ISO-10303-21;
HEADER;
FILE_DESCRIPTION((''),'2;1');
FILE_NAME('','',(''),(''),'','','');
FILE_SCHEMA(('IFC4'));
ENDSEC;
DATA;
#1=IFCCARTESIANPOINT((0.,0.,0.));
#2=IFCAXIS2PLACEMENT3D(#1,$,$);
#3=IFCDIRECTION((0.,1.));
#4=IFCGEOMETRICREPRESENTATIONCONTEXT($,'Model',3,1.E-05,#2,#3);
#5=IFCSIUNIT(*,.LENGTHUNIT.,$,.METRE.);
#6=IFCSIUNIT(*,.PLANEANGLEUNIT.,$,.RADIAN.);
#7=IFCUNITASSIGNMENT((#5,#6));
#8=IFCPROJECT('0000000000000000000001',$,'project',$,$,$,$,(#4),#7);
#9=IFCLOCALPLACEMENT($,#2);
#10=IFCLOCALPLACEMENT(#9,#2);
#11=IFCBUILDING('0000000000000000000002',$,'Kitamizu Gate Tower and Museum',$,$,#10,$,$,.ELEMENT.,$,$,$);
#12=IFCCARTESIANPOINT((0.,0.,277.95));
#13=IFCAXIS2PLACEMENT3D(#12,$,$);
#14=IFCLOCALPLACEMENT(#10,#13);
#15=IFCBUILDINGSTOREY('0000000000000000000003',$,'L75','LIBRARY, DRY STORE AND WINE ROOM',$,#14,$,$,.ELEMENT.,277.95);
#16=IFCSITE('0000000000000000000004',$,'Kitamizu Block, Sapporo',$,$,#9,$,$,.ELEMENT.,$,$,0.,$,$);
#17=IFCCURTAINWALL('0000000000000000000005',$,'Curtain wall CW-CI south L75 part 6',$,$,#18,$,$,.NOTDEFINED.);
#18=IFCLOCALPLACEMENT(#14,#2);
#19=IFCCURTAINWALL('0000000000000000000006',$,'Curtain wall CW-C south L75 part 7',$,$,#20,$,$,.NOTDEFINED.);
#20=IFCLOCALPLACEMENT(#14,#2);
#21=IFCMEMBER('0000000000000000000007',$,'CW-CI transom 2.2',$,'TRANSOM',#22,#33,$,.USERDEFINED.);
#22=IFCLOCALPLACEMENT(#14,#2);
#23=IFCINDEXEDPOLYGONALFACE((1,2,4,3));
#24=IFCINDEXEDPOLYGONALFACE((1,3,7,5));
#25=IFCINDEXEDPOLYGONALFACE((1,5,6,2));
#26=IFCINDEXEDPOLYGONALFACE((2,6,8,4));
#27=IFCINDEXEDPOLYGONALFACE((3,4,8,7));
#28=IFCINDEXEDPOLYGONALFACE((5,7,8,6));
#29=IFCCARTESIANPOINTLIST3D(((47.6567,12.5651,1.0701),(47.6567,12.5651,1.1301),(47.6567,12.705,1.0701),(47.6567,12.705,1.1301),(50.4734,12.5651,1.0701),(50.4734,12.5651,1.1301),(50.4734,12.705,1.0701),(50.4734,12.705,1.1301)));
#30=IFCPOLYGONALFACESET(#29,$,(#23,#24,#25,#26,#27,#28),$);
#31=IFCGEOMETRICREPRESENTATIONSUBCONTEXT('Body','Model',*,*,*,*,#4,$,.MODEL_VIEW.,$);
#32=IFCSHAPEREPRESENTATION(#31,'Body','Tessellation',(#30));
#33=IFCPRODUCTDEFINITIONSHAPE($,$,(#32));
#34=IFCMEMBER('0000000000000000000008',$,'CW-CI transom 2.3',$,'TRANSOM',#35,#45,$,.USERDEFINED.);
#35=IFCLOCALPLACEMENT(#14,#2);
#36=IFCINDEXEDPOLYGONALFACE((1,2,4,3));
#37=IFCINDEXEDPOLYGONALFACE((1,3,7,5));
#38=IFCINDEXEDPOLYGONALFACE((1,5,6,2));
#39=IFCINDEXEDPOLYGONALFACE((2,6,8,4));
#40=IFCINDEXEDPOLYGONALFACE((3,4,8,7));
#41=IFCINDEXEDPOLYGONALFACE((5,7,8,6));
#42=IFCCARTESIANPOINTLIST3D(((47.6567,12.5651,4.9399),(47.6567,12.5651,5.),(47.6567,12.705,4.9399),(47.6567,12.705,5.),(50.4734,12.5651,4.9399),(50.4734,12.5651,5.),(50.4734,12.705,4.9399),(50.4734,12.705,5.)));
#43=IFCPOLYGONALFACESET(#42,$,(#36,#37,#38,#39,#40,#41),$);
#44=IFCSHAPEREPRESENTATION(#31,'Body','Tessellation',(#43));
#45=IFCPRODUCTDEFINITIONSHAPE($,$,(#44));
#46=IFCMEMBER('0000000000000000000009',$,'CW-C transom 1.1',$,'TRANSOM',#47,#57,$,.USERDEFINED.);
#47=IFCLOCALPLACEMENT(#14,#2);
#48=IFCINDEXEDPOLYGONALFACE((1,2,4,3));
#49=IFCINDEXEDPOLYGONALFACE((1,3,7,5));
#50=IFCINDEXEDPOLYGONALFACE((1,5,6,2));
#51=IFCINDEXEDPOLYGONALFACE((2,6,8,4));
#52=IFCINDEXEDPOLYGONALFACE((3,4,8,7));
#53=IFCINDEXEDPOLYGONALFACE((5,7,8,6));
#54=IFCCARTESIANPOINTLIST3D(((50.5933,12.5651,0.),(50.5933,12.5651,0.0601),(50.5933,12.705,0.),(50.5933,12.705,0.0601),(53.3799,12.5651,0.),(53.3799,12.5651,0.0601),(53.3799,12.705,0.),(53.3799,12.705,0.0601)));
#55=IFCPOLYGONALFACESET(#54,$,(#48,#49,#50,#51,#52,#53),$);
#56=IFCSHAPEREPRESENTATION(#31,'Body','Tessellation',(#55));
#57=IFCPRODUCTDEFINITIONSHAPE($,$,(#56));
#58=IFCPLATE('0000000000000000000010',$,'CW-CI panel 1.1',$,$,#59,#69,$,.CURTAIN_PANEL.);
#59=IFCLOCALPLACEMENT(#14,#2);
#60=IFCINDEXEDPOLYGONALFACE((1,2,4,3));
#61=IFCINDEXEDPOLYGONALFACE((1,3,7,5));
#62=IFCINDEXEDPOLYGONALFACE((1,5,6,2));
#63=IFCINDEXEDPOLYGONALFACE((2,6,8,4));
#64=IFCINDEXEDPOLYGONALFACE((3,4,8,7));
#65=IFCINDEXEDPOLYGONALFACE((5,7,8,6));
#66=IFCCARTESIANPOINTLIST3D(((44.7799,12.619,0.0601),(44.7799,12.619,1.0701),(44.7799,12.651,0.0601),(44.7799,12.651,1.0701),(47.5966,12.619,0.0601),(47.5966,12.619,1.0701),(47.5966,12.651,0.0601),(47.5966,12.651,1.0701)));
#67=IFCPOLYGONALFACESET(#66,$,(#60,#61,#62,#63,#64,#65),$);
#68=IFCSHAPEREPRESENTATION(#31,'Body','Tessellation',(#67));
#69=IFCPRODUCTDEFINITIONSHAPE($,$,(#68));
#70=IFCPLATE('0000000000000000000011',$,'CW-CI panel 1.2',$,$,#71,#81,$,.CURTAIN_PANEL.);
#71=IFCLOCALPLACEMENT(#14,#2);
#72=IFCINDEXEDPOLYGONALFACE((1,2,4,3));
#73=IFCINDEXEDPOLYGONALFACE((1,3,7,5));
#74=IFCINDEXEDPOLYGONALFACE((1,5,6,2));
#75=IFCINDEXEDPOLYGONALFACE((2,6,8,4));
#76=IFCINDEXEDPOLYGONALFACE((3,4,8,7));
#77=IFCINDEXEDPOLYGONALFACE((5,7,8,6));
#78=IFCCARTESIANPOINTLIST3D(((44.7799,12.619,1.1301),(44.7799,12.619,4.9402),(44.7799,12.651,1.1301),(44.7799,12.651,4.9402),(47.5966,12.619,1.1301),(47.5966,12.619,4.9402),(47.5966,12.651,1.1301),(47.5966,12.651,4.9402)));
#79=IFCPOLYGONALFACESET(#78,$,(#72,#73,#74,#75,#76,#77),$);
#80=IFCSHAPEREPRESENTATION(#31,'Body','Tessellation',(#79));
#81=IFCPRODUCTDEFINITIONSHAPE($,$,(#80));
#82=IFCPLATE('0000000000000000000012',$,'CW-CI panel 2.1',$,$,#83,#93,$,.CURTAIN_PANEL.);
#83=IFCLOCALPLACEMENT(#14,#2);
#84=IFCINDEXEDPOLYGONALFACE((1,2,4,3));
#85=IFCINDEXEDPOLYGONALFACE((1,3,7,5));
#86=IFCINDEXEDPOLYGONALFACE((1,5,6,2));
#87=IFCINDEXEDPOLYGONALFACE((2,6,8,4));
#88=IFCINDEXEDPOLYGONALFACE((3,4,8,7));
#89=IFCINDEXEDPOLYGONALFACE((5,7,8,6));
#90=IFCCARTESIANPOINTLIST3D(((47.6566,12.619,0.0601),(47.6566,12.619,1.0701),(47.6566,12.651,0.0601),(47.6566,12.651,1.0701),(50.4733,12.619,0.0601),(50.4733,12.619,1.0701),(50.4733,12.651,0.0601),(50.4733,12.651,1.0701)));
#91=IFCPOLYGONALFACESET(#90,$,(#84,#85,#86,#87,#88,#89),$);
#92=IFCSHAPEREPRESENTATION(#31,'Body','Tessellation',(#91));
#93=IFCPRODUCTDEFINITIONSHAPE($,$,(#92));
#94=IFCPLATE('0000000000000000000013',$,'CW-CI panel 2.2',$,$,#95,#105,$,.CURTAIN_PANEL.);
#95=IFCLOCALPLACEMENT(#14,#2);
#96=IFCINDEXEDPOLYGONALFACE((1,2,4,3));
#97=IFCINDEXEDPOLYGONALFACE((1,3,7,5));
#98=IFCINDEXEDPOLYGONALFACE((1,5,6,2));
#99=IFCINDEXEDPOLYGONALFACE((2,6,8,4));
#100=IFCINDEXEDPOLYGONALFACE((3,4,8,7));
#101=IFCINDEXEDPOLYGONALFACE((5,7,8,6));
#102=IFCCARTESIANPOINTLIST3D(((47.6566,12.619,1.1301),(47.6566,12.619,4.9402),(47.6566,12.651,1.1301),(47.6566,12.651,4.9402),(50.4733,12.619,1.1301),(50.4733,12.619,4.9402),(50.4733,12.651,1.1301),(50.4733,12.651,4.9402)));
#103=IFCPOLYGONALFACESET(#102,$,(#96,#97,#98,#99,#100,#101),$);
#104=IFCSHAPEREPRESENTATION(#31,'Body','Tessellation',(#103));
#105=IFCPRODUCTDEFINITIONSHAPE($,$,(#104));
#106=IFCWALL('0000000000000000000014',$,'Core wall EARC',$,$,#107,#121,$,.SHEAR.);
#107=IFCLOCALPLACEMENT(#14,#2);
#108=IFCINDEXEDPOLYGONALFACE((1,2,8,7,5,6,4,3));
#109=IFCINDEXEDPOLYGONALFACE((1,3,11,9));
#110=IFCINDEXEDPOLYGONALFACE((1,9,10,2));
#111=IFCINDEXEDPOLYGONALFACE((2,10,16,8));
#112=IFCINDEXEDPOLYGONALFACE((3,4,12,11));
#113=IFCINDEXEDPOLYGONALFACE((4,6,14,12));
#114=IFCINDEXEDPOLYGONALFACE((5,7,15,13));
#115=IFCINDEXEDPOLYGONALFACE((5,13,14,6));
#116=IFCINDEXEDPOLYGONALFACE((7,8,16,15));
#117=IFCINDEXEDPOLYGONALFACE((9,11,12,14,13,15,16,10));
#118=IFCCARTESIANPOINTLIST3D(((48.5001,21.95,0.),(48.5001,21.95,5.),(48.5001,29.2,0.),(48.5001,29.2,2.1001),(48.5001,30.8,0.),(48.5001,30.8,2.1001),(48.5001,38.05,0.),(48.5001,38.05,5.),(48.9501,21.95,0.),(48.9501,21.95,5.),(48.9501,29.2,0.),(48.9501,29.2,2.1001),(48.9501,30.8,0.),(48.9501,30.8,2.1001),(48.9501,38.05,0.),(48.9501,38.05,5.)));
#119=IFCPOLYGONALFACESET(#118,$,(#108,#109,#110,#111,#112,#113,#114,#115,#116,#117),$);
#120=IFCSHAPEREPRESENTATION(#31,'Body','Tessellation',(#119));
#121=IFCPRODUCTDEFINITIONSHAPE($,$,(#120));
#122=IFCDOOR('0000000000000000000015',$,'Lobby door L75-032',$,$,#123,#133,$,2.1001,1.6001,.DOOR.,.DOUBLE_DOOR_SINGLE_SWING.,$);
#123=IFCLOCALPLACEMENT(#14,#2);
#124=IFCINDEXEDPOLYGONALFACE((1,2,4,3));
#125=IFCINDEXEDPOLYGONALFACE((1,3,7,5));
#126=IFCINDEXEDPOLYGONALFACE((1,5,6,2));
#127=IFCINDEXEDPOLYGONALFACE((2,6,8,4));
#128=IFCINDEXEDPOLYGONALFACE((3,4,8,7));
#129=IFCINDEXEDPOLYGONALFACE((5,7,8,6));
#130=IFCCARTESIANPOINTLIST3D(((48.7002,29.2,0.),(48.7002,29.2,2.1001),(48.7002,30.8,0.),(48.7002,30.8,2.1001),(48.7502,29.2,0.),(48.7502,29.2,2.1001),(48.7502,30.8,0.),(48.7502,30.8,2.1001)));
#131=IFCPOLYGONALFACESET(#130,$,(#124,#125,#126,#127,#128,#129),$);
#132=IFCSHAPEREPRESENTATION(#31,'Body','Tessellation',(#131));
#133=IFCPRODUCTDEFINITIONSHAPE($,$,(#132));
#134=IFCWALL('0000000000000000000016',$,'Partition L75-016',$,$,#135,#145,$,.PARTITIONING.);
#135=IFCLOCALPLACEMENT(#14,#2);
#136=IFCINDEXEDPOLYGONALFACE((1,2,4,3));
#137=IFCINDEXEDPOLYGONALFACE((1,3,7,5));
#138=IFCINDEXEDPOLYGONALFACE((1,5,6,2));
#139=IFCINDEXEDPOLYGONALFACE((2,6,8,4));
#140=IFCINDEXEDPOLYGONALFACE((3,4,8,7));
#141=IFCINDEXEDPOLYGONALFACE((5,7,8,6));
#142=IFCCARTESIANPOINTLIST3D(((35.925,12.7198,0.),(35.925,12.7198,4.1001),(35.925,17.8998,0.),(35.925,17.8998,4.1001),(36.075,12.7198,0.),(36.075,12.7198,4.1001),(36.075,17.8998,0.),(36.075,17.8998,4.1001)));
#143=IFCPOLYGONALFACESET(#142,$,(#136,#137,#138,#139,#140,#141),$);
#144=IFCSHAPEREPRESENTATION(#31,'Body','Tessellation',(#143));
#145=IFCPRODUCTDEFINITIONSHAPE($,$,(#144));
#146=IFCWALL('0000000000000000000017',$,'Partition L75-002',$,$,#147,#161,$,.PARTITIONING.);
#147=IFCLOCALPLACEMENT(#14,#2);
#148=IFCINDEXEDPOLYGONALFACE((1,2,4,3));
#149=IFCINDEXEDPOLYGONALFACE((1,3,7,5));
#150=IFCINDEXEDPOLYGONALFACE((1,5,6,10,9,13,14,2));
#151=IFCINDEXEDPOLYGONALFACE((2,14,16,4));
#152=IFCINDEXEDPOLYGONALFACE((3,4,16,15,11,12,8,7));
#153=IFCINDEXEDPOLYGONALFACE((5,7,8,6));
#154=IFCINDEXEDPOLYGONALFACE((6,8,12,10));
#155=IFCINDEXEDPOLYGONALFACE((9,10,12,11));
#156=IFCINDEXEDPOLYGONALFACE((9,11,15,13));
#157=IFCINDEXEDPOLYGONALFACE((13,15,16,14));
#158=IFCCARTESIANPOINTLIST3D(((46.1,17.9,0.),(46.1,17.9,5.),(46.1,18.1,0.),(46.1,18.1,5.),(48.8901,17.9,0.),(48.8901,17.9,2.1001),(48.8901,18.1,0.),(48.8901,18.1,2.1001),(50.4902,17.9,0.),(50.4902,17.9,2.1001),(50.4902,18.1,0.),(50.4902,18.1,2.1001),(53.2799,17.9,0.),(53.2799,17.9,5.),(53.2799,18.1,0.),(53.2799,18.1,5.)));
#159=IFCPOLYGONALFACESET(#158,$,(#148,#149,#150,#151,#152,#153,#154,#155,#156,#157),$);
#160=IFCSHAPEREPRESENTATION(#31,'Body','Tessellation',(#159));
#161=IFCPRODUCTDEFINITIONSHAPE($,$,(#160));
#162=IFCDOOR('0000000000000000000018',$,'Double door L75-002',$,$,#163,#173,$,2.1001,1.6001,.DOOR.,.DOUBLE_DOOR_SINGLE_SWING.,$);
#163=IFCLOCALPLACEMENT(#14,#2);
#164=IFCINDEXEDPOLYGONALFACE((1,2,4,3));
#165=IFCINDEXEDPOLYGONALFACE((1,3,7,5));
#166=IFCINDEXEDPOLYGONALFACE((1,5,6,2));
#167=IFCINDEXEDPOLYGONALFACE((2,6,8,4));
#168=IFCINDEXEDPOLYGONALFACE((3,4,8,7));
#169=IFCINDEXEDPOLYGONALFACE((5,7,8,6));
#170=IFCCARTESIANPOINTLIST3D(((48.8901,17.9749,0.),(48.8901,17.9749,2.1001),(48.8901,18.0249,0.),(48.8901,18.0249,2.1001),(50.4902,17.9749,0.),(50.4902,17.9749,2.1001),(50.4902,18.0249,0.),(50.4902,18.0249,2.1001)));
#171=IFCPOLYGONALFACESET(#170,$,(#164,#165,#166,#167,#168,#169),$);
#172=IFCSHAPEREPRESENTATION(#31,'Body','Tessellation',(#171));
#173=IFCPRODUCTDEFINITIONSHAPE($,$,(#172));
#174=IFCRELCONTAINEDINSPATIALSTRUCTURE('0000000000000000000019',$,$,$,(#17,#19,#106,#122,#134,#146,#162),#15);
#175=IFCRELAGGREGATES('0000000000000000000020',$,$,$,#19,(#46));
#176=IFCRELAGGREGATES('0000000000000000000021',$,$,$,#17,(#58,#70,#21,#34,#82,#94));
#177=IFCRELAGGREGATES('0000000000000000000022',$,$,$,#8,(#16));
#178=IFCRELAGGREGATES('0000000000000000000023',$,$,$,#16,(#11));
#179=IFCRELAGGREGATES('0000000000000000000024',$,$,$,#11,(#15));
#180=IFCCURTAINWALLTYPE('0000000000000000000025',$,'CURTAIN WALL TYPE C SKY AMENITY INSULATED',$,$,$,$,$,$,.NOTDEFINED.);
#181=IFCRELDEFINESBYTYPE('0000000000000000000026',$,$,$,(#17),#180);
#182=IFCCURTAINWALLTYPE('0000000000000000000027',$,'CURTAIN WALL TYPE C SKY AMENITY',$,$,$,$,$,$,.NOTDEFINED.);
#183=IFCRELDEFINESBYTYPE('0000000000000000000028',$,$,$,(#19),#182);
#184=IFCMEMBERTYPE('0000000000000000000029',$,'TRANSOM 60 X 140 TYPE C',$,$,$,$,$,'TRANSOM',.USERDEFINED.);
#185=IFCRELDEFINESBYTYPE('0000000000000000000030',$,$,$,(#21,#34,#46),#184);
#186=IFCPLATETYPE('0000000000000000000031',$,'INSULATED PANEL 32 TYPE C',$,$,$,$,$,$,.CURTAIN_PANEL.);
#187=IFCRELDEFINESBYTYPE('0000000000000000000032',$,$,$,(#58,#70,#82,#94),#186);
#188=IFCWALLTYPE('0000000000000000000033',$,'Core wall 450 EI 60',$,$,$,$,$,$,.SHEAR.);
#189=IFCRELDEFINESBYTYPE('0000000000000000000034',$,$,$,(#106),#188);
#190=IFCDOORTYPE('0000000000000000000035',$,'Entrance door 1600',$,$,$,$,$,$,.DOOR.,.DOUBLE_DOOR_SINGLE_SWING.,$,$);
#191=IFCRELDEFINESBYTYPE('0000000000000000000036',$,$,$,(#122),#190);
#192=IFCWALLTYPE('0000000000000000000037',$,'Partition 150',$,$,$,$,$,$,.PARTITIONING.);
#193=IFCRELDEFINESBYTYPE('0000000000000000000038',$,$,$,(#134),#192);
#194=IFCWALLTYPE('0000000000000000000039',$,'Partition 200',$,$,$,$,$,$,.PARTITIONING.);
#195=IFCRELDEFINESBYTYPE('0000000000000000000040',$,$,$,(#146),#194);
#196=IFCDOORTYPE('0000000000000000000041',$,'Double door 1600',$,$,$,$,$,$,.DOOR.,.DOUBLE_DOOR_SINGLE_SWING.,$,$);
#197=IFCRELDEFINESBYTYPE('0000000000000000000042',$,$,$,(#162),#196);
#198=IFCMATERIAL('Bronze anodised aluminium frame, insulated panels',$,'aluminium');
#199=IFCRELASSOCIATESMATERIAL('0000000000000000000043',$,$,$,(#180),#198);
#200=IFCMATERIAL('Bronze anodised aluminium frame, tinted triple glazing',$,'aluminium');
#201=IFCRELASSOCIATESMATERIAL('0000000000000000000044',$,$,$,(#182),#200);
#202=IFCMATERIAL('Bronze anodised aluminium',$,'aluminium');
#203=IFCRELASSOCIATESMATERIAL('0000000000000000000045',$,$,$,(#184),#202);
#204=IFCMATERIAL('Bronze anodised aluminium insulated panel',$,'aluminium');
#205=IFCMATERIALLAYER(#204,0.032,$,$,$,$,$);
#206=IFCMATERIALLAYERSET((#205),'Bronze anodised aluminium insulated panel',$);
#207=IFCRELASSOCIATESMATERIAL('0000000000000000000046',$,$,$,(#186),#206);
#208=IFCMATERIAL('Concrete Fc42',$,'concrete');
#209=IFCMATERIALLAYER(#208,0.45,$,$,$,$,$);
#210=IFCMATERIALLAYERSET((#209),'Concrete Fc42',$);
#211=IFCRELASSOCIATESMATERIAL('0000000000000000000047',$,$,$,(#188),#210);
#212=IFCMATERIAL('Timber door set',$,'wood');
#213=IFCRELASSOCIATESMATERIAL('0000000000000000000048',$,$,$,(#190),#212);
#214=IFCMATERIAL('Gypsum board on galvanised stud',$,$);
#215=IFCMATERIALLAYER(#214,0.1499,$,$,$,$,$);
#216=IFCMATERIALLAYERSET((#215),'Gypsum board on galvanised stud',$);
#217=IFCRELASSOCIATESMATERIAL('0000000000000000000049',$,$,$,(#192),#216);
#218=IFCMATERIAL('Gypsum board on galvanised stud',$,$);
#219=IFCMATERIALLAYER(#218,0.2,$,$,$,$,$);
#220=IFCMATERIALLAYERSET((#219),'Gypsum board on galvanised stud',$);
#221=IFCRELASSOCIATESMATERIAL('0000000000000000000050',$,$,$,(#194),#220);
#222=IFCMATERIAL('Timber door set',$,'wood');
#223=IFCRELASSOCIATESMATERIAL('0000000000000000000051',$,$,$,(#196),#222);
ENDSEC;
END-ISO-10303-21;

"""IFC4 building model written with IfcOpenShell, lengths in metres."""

from ifc_helpers import new_model, si_unit, direction, frame, frame_2d, origin, origin_2d, place, context, subcontext, project, spatial, rectangle, extrude, material, layer, layer_set, material_profile, profile_set, type_object, element, fill, aggregate, save


model = new_model("IFC4")

# Units and contexts
model_context = context("Model", 3, precision=1e-05, world=origin(), true_north=direction((0.0, 1.0)))
body_context = subcontext(model_context, "Body", "Model", "MODEL_VIEW")
ifc_project = project(units=[si_unit("LENGTHUNIT", "METRE"), si_unit("PLANEANGLEUNIT", "RADIAN")], contexts=[model_context])

# Site, building, storey
site_placement = place(None, origin())
site = spatial("IfcSite", under=ifc_project, at=site_placement, Name="Kitamizu Block, Sapporo", CompositionType="ELEMENT", RefElevation=0.0)
building_placement = place(site_placement, origin())
building = spatial("IfcBuilding", under=site, at=building_placement, Name="Kitamizu Gate Tower and Museum", CompositionType="ELEMENT")
storey_placement = place(building_placement, frame((0.0, 0.0, 277.95)))
storey = spatial("IfcBuildingStorey", under=building, at=storey_placement, Name="L75", Description="LIBRARY, DRY STORE AND WINE ROOM", CompositionType="ELEMENT", Elevation=277.95)

# Curtain wall
ifc_material_1 = material(Name="Bronze anodised aluminium frame, insulated panels", Category="aluminium")
curtain_wall_type_1 = type_object("IfcCurtainWallType", Name="CURTAIN WALL TYPE C SKY AMENITY INSULATED", PredefinedType="NOTDEFINED", material=ifc_material_1)
curtain_wall_1_placement = place(storey_placement, origin())
curtain_wall_1 = element("IfcCurtainWall", 1, at=curtain_wall_1_placement, inside=storey, type_object=curtain_wall_type_1, Name="Curtain wall CW-CI south L75 part 6", PredefinedType="NOTDEFINED")

# Curtain wall
ifc_material_2 = material(Name="Bronze anodised aluminium frame, tinted triple glazing", Category="aluminium")
curtain_wall_type_2 = type_object("IfcCurtainWallType", Name="CURTAIN WALL TYPE C SKY AMENITY", PredefinedType="NOTDEFINED", material=ifc_material_2)
curtain_wall_2_placement = place(storey_placement, origin())
curtain_wall_2 = element("IfcCurtainWall", 2, at=curtain_wall_2_placement, inside=storey, type_object=curtain_wall_type_2, Name="Curtain wall CW-C south L75 part 7", PredefinedType="NOTDEFINED")

# Members
ifc_material_3 = material(Name="Bronze anodised aluminium", Category="aluminium")
ifc_material_profile_1 = material_profile(ifc_material_3, rectangle(XDim=0.1399, YDim=0.0601, at=origin_2d()), Name="AL 60X140")
ifc_profile_set_1 = profile_set([ifc_material_profile_1], Name="Bronze anodised aluminium")
member_type_1 = type_object("IfcMemberType", Name="TRANSOM 60 X 140 TYPE C", ElementType="TRANSOM", PredefinedType="USERDEFINED", material=ifc_profile_set_1)
member_1_placement = place(storey_placement, frame((47.6567, 12.635, 1.1001), z_axis=(1.0, 0.0, 0.0), x_axis=(0.0, 1.0, 0.0)))
member_1 = element("IfcMember", 3, at=member_1_placement, type_object=member_type_1, Name="CW-CI transom 2.2", ObjectType="TRANSOM", PredefinedType="USERDEFINED", context=body_context, shape_type="SweptSolid", body=[
    extrude(rectangle(XDim=0.1399, YDim=0.0601, at=origin_2d()), origin(), (0.0, 0.0, 1.0), 2.8167),
])
member_2_placement = place(storey_placement, frame((47.6567, 12.635, 4.97), z_axis=(1.0, 0.0, 0.0), x_axis=(0.0, 1.0, 0.0)))
member_2 = element("IfcMember", 4, at=member_2_placement, type_object=member_type_1, Name="CW-CI transom 2.3", ObjectType="TRANSOM", PredefinedType="USERDEFINED", context=body_context, shape_type="SweptSolid", body=[
    extrude(rectangle(XDim=0.1399, YDim=0.0601, at=origin_2d()), origin(), (0.0, 0.0, 1.0), 2.8167),
])
member_3_placement = place(storey_placement, frame((50.5933, 12.635, 0.03), z_axis=(1.0, 0.0, 0.0), x_axis=(0.0, 1.0, 0.0)))
member_3 = element("IfcMember", 5, at=member_3_placement, type_object=member_type_1, Name="CW-C transom 1.1", ObjectType="TRANSOM", PredefinedType="USERDEFINED", context=body_context, shape_type="SweptSolid", body=[
    extrude(rectangle(XDim=0.1399, YDim=0.0601, at=origin_2d()), origin(), (0.0, 0.0, 1.0), 2.7866),
])
aggregate(curtain_wall_2, [member_3])

# Plates
ifc_material_4 = material(Name="Bronze anodised aluminium insulated panel", Category="aluminium")
ifc_layer_1 = layer(ifc_material_4, 0.032)
ifc_layer_set_1 = layer_set([ifc_layer_1], Name="Bronze anodised aluminium insulated panel")
plate_type = type_object("IfcPlateType", Name="INSULATED PANEL 32 TYPE C", PredefinedType="CURTAIN_PANEL", material=ifc_layer_set_1)
plate_1_placement = place(storey_placement, frame((46.1882, 12.635, 0.0601), z_axis=(0.0, 0.0, 1.0), x_axis=(1.0, 0.0, 0.0)))
plate_1 = element("IfcPlate", 6, at=plate_1_placement, type_object=plate_type, Name="CW-CI panel 1.1", PredefinedType="CURTAIN_PANEL", context=body_context, shape_type="SweptSolid", body=[
    extrude(rectangle(XDim=2.8167, YDim=0.032, at=origin_2d()), origin(), (0.0, 0.0, 1.0), 1.01),
])
plate_2_placement = place(storey_placement, frame((46.1882, 12.635, 1.1301), z_axis=(0.0, 0.0, 1.0), x_axis=(1.0, 0.0, 0.0)))
plate_2 = element("IfcPlate", 7, at=plate_2_placement, type_object=plate_type, Name="CW-CI panel 1.2", PredefinedType="CURTAIN_PANEL", context=body_context, shape_type="SweptSolid", body=[
    extrude(rectangle(XDim=2.8167, YDim=0.032, at=origin_2d()), origin(), (0.0, 0.0, 1.0), 3.8101),
])
plate_3_placement = place(storey_placement, frame((49.0649, 12.635, 0.0601), z_axis=(0.0, 0.0, 1.0), x_axis=(1.0, 0.0, 0.0)))
plate_3 = element("IfcPlate", 8, at=plate_3_placement, type_object=plate_type, Name="CW-CI panel 2.1", PredefinedType="CURTAIN_PANEL", context=body_context, shape_type="SweptSolid", body=[
    extrude(rectangle(XDim=2.8167, YDim=0.032, at=origin_2d()), origin(), (0.0, 0.0, 1.0), 1.01),
])
plate_4_placement = place(storey_placement, frame((49.0649, 12.635, 1.1301), z_axis=(0.0, 0.0, 1.0), x_axis=(1.0, 0.0, 0.0)))
plate_4 = element("IfcPlate", 9, at=plate_4_placement, type_object=plate_type, Name="CW-CI panel 2.2", PredefinedType="CURTAIN_PANEL", context=body_context, shape_type="SweptSolid", body=[
    extrude(rectangle(XDim=2.8167, YDim=0.032, at=origin_2d()), origin(), (0.0, 0.0, 1.0), 3.8101),
])
aggregate(curtain_wall_1, [plate_1, plate_2, member_1, member_2, plate_3, plate_4])

# Wall, opening, door
ifc_material_5 = material(Name="Concrete Fc42", Category="concrete")
ifc_layer_2 = layer(ifc_material_5, 0.45)
ifc_layer_set_2 = layer_set([ifc_layer_2], Name="Concrete Fc42")
wall_type_1 = type_object("IfcWallType", Name="Core wall 450 EI 60", PredefinedType="SHEAR", material=ifc_layer_set_2)
wall_1_placement = place(storey_placement, frame((48.7251, 21.95, 0.0), z_axis=(0.0, 0.0, 1.0), x_axis=(0.0, 1.0, 0.0)))
wall_1 = element("IfcWall", 10, at=wall_1_placement, inside=storey, type_object=wall_type_1, Name="Core wall EARC", PredefinedType="SHEAR", context=body_context, shape_type="SweptSolid", body=[
    extrude(rectangle(XDim=16.1001, YDim=0.45, at=frame_2d((8.05, 0.0))), origin(), (0.0, 0.0, 1.0), 5.0),
])
opening_1_placement = place(wall_1_placement, frame((7.25, 0.0, 0.0)))
opening_1 = element("IfcOpeningElement", 11, at=opening_1_placement, cuts=wall_1, PredefinedType="OPENING", context=body_context, shape_type="SweptSolid", body=[
    extrude(rectangle(XDim=1.6001, YDim=2.1001, at=frame_2d((0.8, 1.05))), frame((0.0, 0.2349, 0.0), z_axis=(0.0, -1.0, 0.0), x_axis=(1.0, 0.0, 0.0)), (0.0, 0.0, 1.0), 0.47),
])
ifc_material_6 = material(Name="Timber door set", Category="wood")
door_type_1 = type_object("IfcDoorType", Name="Entrance door 1600", OperationType="DOUBLE_DOOR_SINGLE_SWING", PredefinedType="DOOR", material=ifc_material_6)
door_1_placement = place(opening_1_placement, origin())
door_1 = element("IfcDoor", 12, at=door_1_placement, inside=storey, type_object=door_type_1, Name="Lobby door L75-032", OperationType="DOUBLE_DOOR_SINGLE_SWING", OverallHeight=2.1001, OverallWidth=1.6001, PredefinedType="DOOR", context=body_context, shape_type="SweptSolid", body=[
    extrude(rectangle(XDim=1.6001, YDim=2.1001, at=frame_2d((0.8, 1.05))), frame((0.0, 0.0249, 0.0), z_axis=(0.0, -1.0, 0.0), x_axis=(1.0, 0.0, 0.0)), (0.0, 0.0, 1.0), 0.05),
])
fill(opening_1, door_1)

# Wall
ifc_material_7 = material(Name="Gypsum board on galvanised stud")
ifc_layer_3 = layer(ifc_material_7, 0.1499)
ifc_layer_set_3 = layer_set([ifc_layer_3], Name="Gypsum board on galvanised stud")
wall_type_2 = type_object("IfcWallType", Name="Partition 150", PredefinedType="PARTITIONING", material=ifc_layer_set_3)
wall_2_placement = place(storey_placement, frame((36.0, 12.72, 0.0), z_axis=(0.0, 0.0, 1.0), x_axis=(0.0, 1.0, 0.0)))
element("IfcWall", 13, at=wall_2_placement, inside=storey, type_object=wall_type_2, Name="Partition L75-016", PredefinedType="PARTITIONING", context=body_context, shape_type="SweptSolid", body=[
    extrude(rectangle(XDim=5.1799, YDim=0.1499, at=frame_2d((2.5898, 0.0))), origin(), (0.0, 0.0, 1.0), 4.1001),
])

# Wall, opening, door
ifc_material_8 = material(Name="Gypsum board on galvanised stud")
ifc_layer_4 = layer(ifc_material_8, 0.2)
ifc_layer_set_4 = layer_set([ifc_layer_4], Name="Gypsum board on galvanised stud")
wall_type_3 = type_object("IfcWallType", Name="Partition 200", PredefinedType="PARTITIONING", material=ifc_layer_set_4)
wall_3_placement = place(storey_placement, frame((46.1001, 18.0, 0.0), z_axis=(0.0, 0.0, 1.0), x_axis=(1.0, 0.0, 0.0)))
wall_3 = element("IfcWall", 14, at=wall_3_placement, inside=storey, type_object=wall_type_3, Name="Partition L75-002", PredefinedType="PARTITIONING", context=body_context, shape_type="SweptSolid", body=[
    extrude(rectangle(XDim=7.1799, YDim=0.2, at=frame_2d((3.5898, 0.0))), origin(), (0.0, 0.0, 1.0), 5.0),
])
opening_2_placement = place(wall_3_placement, frame((2.79, 0.0, 0.0)))
opening_2 = element("IfcOpeningElement", 15, at=opening_2_placement, cuts=wall_3, PredefinedType="OPENING", context=body_context, shape_type="SweptSolid", body=[
    extrude(rectangle(XDim=1.6001, YDim=2.1001, at=frame_2d((0.8, 1.05))), frame((0.0, 0.1099, 0.0), z_axis=(0.0, -1.0, 0.0), x_axis=(1.0, 0.0, 0.0)), (0.0, 0.0, 1.0), 0.22),
])
ifc_material_9 = material(Name="Timber door set", Category="wood")
door_type_2 = type_object("IfcDoorType", Name="Double door 1600", OperationType="DOUBLE_DOOR_SINGLE_SWING", PredefinedType="DOOR", material=ifc_material_9)
door_2_placement = place(opening_2_placement, origin())
door_2 = element("IfcDoor", 16, at=door_2_placement, inside=storey, type_object=door_type_2, Name="Double door L75-002", OperationType="DOUBLE_DOOR_SINGLE_SWING", OverallHeight=2.1001, OverallWidth=1.6001, PredefinedType="DOOR", context=body_context, shape_type="SweptSolid", body=[
    extrude(rectangle(XDim=1.6001, YDim=2.1001, at=frame_2d((0.8, 1.05))), frame((0.0, 0.0249, 0.0), z_axis=(0.0, -1.0, 0.0), x_axis=(1.0, 0.0, 0.0)), (0.0, 0.0, 1.0), 0.05),
])
fill(opening_2, door_2)

save(model, "model.ifc")
